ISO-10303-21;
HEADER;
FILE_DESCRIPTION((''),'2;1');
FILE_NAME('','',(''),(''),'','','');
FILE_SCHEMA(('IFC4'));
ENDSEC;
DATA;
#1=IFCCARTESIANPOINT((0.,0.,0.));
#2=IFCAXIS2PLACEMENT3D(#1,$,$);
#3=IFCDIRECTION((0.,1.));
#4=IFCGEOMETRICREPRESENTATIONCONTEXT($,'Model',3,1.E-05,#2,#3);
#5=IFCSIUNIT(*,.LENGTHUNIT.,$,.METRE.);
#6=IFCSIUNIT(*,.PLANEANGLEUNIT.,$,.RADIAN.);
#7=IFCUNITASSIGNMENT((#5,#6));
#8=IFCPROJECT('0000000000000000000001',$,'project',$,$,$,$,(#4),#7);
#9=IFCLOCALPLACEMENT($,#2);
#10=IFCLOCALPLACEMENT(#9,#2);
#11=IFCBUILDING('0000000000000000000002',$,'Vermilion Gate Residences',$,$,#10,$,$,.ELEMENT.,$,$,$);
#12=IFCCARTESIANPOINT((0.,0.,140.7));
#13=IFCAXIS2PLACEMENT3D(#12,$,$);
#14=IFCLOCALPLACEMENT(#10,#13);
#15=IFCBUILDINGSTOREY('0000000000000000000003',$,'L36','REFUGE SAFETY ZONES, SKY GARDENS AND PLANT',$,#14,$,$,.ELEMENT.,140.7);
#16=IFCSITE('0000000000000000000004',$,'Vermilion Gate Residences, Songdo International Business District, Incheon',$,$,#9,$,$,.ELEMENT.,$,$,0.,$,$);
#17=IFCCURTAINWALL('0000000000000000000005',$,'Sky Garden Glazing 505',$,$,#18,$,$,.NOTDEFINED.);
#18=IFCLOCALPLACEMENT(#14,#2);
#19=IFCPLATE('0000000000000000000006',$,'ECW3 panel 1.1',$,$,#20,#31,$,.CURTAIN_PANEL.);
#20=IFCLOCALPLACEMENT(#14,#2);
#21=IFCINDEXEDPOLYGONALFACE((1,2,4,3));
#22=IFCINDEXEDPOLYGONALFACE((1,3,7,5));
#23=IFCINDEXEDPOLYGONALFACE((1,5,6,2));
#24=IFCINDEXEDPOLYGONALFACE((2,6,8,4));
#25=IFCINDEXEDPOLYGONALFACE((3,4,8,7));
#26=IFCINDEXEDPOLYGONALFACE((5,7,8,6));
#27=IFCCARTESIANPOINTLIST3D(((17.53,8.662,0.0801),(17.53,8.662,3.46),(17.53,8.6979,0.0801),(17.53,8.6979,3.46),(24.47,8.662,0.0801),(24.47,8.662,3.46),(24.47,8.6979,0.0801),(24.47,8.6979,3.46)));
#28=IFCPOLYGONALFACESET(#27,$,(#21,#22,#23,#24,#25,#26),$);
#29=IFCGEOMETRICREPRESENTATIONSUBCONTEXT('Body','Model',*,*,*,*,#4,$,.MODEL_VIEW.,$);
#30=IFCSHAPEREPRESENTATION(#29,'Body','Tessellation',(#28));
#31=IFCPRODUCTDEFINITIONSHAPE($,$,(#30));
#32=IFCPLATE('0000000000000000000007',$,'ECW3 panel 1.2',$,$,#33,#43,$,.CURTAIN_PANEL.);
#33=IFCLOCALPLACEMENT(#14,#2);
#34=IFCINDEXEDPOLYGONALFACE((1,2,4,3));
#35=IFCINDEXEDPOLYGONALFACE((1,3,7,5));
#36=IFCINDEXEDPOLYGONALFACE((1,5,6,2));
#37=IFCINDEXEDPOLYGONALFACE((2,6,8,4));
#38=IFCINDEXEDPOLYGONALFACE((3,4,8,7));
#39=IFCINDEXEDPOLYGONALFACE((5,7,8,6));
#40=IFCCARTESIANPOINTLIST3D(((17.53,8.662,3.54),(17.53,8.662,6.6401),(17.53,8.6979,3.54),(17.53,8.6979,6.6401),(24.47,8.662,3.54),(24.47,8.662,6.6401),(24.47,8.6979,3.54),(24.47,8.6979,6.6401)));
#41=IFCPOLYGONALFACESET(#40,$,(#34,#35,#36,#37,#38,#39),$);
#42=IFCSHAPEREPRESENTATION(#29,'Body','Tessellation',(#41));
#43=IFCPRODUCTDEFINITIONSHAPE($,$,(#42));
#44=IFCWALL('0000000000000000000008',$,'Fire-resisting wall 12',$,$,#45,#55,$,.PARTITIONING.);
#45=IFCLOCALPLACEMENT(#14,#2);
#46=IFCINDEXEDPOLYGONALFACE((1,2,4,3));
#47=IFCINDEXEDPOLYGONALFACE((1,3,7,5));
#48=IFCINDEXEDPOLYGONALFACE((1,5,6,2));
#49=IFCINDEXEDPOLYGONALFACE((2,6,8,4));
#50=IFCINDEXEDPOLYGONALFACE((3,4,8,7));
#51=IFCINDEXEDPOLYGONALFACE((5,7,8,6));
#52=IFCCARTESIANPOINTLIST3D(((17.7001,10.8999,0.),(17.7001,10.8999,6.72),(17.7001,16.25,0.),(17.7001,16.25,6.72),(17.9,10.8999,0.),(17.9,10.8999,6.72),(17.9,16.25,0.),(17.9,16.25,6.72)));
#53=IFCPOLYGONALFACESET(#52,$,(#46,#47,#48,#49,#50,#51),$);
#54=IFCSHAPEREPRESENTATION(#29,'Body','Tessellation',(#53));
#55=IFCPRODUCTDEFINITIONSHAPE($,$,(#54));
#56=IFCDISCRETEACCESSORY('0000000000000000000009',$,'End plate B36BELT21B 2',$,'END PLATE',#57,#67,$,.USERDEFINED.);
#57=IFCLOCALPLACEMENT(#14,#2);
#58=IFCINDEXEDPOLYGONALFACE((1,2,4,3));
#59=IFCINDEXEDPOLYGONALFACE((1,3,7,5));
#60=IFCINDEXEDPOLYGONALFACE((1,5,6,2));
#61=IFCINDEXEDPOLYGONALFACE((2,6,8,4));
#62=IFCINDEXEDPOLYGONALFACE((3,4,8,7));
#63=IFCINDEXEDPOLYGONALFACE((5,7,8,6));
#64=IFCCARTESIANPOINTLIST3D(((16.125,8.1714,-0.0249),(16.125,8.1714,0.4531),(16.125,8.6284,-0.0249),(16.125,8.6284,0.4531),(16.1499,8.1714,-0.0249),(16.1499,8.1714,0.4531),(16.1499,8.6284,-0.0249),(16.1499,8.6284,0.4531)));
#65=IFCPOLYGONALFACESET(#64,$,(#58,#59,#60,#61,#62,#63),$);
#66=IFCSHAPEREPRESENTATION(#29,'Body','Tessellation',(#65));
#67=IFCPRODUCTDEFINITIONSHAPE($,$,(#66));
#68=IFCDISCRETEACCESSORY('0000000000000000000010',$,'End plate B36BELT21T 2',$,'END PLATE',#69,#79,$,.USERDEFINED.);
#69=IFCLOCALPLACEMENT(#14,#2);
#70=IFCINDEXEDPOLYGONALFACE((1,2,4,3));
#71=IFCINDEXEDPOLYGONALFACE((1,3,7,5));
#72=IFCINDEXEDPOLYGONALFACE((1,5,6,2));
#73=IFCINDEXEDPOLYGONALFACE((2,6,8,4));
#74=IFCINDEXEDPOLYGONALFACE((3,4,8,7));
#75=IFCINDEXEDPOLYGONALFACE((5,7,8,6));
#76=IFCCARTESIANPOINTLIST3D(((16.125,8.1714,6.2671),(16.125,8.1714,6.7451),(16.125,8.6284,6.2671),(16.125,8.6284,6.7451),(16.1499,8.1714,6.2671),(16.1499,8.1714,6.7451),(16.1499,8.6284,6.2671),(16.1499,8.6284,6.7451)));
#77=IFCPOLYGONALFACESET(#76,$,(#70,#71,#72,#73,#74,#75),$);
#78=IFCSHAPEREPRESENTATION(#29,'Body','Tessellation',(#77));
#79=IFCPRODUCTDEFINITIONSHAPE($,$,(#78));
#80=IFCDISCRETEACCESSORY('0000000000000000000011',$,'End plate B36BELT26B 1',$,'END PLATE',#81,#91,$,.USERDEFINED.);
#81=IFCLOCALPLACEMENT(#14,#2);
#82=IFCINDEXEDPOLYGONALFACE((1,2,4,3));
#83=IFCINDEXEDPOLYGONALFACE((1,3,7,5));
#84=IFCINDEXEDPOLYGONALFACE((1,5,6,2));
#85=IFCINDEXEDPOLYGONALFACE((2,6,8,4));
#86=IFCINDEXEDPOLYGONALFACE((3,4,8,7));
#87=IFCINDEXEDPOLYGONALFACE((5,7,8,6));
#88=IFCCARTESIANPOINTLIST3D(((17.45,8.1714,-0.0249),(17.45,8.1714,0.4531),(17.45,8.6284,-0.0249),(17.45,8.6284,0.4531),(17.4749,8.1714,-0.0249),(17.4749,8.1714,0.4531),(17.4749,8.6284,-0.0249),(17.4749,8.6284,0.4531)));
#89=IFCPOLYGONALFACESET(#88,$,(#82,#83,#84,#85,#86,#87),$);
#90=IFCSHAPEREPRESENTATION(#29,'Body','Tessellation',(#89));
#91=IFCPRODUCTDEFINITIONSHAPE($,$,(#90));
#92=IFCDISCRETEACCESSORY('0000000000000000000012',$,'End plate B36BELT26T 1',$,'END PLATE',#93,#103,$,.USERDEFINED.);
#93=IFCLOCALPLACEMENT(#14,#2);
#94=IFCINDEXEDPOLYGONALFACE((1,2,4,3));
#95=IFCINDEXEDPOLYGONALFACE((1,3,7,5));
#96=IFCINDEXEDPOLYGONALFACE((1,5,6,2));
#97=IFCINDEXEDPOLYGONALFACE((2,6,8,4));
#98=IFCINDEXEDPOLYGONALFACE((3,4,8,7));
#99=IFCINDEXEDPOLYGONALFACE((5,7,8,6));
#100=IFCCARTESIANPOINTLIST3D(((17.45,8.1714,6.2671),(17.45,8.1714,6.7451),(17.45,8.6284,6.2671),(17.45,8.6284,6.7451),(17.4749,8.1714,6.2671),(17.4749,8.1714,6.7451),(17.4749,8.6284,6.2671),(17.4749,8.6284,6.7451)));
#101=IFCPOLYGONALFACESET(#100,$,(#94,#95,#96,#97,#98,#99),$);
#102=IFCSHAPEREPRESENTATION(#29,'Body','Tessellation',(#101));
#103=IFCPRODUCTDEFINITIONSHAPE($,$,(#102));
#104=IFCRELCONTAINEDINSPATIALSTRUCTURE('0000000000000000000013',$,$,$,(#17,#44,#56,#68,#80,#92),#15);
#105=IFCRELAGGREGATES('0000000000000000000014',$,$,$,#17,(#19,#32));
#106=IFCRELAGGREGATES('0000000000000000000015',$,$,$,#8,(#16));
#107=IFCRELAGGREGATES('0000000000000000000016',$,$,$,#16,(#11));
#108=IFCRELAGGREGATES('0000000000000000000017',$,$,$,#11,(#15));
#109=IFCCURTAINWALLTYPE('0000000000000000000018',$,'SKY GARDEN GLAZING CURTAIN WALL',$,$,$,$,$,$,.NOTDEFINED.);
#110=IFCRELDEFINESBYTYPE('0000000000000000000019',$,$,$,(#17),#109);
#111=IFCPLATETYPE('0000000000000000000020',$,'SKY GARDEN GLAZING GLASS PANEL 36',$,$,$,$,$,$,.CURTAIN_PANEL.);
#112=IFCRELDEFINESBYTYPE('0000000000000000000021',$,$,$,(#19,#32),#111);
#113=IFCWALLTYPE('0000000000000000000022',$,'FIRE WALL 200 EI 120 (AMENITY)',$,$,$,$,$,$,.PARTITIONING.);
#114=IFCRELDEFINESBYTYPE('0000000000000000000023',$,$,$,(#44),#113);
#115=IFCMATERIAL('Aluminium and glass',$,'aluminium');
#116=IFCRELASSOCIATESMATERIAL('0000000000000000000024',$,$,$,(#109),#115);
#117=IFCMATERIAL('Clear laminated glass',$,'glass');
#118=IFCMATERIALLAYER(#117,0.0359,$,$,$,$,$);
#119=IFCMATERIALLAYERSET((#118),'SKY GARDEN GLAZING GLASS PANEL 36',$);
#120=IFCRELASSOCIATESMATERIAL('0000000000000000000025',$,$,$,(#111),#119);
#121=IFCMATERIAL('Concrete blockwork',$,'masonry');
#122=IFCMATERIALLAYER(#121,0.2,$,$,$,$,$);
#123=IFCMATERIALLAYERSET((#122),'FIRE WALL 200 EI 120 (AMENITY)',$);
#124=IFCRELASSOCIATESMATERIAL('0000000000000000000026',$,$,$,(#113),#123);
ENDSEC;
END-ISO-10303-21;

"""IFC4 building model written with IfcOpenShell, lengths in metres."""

from ifc_helpers import new_model, si_unit, direction, frame, frame_2d, origin, origin_2d, place, context, subcontext, project, spatial, rectangle, extrude, material, layer, layer_set, type_object, element, aggregate, save


model = new_model("IFC4")

# Units and contexts
model_context = context("Model", 3, precision=1e-05, world=origin(), true_north=direction((0.0, 1.0)))
body_context = subcontext(model_context, "Body", "Model", "MODEL_VIEW")
ifc_project = project(units=[si_unit("LENGTHUNIT", "METRE"), si_unit("PLANEANGLEUNIT", "RADIAN")], contexts=[model_context])

# Site, building, storey
site_placement = place(None, origin())
site = spatial("IfcSite", under=ifc_project, at=site_placement, Name="Vermilion Gate Residences, Songdo International Business District, Incheon", CompositionType="ELEMENT", RefElevation=0.0)
building_placement = place(site_placement, origin())
building = spatial("IfcBuilding", under=site, at=building_placement, Name="Vermilion Gate Residences", CompositionType="ELEMENT")
storey_placement = place(building_placement, frame((0.0, 0.0, 140.7)))
storey = spatial("IfcBuildingStorey", under=building, at=storey_placement, Name="L36", Description="REFUGE SAFETY ZONES, SKY GARDENS AND PLANT", CompositionType="ELEMENT", Elevation=140.7)

# Shared definitions
ifc_material_1 = material(Name="Aluminium and glass", Category="aluminium")
curtain_wall_type = type_object("IfcCurtainWallType", Name="SKY GARDEN GLAZING CURTAIN WALL", PredefinedType="NOTDEFINED", material=ifc_material_1)

# Curtain wall
curtain_wall_1_placement = place(storey_placement, origin())
curtain_wall_1 = element("IfcCurtainWall", 1, at=curtain_wall_1_placement, inside=storey, type_object=curtain_wall_type, Name="Sky Garden Glazing 505", PredefinedType="NOTDEFINED")

# Plates
ifc_material_2 = material(Name="Clear laminated glass", Category="glass")
ifc_layer_1 = layer(ifc_material_2, 0.0359)
ifc_layer_set_1 = layer_set([ifc_layer_1], Name="SKY GARDEN GLAZING GLASS PANEL 36")
plate_type = type_object("IfcPlateType", Name="SKY GARDEN GLAZING GLASS PANEL 36", PredefinedType="CURTAIN_PANEL", material=ifc_layer_set_1)
plate_1_placement = place(storey_placement, frame((21.0, 8.6799, 0.0801), z_axis=(0.0, 0.0, 1.0), x_axis=(1.0, 0.0, 0.0)))
plate_1 = element("IfcPlate", 2, at=plate_1_placement, type_object=plate_type, Name="ECW3 panel 1.1", PredefinedType="CURTAIN_PANEL", context=body_context, shape_type="SweptSolid", body=[
    extrude(rectangle(XDim=6.9399, YDim=0.0359, at=origin_2d()), origin(), (0.0, 0.0, 1.0), 3.3799),
])
plate_2_placement = place(storey_placement, frame((21.0, 8.6799, 3.54), z_axis=(0.0, 0.0, 1.0), x_axis=(1.0, 0.0, 0.0)))
plate_2 = element("IfcPlate", 3, at=plate_2_placement, type_object=plate_type, Name="ECW3 panel 1.2", PredefinedType="CURTAIN_PANEL", context=body_context, shape_type="SweptSolid", body=[
    extrude(rectangle(XDim=6.9399, YDim=0.0359, at=origin_2d()), origin(), (0.0, 0.0, 1.0), 3.1001),
])
aggregate(curtain_wall_1, [plate_1, plate_2])

# Wall
ifc_material_3 = material(Name="Concrete blockwork", Category="masonry")
ifc_layer_2 = layer(ifc_material_3, 0.2)
ifc_layer_set_2 = layer_set([ifc_layer_2], Name="FIRE WALL 200 EI 120 (AMENITY)")
wall_type_1 = type_object("IfcWallType", Name="FIRE WALL 200 EI 120 (AMENITY)", PredefinedType="PARTITIONING", material=ifc_layer_set_2)
wall_1_placement = place(storey_placement, frame((17.8, 10.8999, 0.0), z_axis=(0.0, 0.0, 1.0), x_axis=(0.0, 1.0, 0.0)))
element("IfcWall", 4, at=wall_1_placement, inside=storey, type_object=wall_type_1, Name="Fire-resisting wall 12", PredefinedType="PARTITIONING", context=body_context, shape_type="SweptSolid", body=[
    extrude(rectangle(XDim=5.3501, YDim=0.2, at=frame_2d((2.675, 0.0))), origin(), (0.0, 0.0, 1.0), 6.72),
])

# Discrete accessories
for number, where, z_axis, x_axis, name in (
    (5, (16.1375, 8.3999, -0.0249), (0.0, 0.0, 1.0), (1.0, 0.0, 0.0), "End plate B36BELT21B 2"),
    (6, (16.1375, 8.3999, 6.2671), (0.0, 0.0, 1.0), (1.0, 0.0, 0.0), "End plate B36BELT21T 2"),
    (7, (17.4624, 8.3999, -0.0249), (0.0, 0.0, 1.0), (1.0, 0.0, 0.0), "End plate B36BELT26B 1"),
    (8, (17.4624, 8.3999, 6.2671), (0.0, 0.0, 1.0), (1.0, 0.0, 0.0), "End plate B36BELT26T 1"),
):
    element("IfcDiscreteAccessory", number, at=place(storey_placement, frame(where, z_axis=z_axis, x_axis=x_axis)), inside=storey, Name=name, ObjectType="END PLATE", PredefinedType="USERDEFINED", context=body_context, shape_type="SweptSolid", body=[
        extrude(rectangle(XDim=0.0249, YDim=0.457, at=origin_2d()), origin(), (0.0, 0.0, 1.0), 0.478),
    ])

save(model, "model.ifc")
